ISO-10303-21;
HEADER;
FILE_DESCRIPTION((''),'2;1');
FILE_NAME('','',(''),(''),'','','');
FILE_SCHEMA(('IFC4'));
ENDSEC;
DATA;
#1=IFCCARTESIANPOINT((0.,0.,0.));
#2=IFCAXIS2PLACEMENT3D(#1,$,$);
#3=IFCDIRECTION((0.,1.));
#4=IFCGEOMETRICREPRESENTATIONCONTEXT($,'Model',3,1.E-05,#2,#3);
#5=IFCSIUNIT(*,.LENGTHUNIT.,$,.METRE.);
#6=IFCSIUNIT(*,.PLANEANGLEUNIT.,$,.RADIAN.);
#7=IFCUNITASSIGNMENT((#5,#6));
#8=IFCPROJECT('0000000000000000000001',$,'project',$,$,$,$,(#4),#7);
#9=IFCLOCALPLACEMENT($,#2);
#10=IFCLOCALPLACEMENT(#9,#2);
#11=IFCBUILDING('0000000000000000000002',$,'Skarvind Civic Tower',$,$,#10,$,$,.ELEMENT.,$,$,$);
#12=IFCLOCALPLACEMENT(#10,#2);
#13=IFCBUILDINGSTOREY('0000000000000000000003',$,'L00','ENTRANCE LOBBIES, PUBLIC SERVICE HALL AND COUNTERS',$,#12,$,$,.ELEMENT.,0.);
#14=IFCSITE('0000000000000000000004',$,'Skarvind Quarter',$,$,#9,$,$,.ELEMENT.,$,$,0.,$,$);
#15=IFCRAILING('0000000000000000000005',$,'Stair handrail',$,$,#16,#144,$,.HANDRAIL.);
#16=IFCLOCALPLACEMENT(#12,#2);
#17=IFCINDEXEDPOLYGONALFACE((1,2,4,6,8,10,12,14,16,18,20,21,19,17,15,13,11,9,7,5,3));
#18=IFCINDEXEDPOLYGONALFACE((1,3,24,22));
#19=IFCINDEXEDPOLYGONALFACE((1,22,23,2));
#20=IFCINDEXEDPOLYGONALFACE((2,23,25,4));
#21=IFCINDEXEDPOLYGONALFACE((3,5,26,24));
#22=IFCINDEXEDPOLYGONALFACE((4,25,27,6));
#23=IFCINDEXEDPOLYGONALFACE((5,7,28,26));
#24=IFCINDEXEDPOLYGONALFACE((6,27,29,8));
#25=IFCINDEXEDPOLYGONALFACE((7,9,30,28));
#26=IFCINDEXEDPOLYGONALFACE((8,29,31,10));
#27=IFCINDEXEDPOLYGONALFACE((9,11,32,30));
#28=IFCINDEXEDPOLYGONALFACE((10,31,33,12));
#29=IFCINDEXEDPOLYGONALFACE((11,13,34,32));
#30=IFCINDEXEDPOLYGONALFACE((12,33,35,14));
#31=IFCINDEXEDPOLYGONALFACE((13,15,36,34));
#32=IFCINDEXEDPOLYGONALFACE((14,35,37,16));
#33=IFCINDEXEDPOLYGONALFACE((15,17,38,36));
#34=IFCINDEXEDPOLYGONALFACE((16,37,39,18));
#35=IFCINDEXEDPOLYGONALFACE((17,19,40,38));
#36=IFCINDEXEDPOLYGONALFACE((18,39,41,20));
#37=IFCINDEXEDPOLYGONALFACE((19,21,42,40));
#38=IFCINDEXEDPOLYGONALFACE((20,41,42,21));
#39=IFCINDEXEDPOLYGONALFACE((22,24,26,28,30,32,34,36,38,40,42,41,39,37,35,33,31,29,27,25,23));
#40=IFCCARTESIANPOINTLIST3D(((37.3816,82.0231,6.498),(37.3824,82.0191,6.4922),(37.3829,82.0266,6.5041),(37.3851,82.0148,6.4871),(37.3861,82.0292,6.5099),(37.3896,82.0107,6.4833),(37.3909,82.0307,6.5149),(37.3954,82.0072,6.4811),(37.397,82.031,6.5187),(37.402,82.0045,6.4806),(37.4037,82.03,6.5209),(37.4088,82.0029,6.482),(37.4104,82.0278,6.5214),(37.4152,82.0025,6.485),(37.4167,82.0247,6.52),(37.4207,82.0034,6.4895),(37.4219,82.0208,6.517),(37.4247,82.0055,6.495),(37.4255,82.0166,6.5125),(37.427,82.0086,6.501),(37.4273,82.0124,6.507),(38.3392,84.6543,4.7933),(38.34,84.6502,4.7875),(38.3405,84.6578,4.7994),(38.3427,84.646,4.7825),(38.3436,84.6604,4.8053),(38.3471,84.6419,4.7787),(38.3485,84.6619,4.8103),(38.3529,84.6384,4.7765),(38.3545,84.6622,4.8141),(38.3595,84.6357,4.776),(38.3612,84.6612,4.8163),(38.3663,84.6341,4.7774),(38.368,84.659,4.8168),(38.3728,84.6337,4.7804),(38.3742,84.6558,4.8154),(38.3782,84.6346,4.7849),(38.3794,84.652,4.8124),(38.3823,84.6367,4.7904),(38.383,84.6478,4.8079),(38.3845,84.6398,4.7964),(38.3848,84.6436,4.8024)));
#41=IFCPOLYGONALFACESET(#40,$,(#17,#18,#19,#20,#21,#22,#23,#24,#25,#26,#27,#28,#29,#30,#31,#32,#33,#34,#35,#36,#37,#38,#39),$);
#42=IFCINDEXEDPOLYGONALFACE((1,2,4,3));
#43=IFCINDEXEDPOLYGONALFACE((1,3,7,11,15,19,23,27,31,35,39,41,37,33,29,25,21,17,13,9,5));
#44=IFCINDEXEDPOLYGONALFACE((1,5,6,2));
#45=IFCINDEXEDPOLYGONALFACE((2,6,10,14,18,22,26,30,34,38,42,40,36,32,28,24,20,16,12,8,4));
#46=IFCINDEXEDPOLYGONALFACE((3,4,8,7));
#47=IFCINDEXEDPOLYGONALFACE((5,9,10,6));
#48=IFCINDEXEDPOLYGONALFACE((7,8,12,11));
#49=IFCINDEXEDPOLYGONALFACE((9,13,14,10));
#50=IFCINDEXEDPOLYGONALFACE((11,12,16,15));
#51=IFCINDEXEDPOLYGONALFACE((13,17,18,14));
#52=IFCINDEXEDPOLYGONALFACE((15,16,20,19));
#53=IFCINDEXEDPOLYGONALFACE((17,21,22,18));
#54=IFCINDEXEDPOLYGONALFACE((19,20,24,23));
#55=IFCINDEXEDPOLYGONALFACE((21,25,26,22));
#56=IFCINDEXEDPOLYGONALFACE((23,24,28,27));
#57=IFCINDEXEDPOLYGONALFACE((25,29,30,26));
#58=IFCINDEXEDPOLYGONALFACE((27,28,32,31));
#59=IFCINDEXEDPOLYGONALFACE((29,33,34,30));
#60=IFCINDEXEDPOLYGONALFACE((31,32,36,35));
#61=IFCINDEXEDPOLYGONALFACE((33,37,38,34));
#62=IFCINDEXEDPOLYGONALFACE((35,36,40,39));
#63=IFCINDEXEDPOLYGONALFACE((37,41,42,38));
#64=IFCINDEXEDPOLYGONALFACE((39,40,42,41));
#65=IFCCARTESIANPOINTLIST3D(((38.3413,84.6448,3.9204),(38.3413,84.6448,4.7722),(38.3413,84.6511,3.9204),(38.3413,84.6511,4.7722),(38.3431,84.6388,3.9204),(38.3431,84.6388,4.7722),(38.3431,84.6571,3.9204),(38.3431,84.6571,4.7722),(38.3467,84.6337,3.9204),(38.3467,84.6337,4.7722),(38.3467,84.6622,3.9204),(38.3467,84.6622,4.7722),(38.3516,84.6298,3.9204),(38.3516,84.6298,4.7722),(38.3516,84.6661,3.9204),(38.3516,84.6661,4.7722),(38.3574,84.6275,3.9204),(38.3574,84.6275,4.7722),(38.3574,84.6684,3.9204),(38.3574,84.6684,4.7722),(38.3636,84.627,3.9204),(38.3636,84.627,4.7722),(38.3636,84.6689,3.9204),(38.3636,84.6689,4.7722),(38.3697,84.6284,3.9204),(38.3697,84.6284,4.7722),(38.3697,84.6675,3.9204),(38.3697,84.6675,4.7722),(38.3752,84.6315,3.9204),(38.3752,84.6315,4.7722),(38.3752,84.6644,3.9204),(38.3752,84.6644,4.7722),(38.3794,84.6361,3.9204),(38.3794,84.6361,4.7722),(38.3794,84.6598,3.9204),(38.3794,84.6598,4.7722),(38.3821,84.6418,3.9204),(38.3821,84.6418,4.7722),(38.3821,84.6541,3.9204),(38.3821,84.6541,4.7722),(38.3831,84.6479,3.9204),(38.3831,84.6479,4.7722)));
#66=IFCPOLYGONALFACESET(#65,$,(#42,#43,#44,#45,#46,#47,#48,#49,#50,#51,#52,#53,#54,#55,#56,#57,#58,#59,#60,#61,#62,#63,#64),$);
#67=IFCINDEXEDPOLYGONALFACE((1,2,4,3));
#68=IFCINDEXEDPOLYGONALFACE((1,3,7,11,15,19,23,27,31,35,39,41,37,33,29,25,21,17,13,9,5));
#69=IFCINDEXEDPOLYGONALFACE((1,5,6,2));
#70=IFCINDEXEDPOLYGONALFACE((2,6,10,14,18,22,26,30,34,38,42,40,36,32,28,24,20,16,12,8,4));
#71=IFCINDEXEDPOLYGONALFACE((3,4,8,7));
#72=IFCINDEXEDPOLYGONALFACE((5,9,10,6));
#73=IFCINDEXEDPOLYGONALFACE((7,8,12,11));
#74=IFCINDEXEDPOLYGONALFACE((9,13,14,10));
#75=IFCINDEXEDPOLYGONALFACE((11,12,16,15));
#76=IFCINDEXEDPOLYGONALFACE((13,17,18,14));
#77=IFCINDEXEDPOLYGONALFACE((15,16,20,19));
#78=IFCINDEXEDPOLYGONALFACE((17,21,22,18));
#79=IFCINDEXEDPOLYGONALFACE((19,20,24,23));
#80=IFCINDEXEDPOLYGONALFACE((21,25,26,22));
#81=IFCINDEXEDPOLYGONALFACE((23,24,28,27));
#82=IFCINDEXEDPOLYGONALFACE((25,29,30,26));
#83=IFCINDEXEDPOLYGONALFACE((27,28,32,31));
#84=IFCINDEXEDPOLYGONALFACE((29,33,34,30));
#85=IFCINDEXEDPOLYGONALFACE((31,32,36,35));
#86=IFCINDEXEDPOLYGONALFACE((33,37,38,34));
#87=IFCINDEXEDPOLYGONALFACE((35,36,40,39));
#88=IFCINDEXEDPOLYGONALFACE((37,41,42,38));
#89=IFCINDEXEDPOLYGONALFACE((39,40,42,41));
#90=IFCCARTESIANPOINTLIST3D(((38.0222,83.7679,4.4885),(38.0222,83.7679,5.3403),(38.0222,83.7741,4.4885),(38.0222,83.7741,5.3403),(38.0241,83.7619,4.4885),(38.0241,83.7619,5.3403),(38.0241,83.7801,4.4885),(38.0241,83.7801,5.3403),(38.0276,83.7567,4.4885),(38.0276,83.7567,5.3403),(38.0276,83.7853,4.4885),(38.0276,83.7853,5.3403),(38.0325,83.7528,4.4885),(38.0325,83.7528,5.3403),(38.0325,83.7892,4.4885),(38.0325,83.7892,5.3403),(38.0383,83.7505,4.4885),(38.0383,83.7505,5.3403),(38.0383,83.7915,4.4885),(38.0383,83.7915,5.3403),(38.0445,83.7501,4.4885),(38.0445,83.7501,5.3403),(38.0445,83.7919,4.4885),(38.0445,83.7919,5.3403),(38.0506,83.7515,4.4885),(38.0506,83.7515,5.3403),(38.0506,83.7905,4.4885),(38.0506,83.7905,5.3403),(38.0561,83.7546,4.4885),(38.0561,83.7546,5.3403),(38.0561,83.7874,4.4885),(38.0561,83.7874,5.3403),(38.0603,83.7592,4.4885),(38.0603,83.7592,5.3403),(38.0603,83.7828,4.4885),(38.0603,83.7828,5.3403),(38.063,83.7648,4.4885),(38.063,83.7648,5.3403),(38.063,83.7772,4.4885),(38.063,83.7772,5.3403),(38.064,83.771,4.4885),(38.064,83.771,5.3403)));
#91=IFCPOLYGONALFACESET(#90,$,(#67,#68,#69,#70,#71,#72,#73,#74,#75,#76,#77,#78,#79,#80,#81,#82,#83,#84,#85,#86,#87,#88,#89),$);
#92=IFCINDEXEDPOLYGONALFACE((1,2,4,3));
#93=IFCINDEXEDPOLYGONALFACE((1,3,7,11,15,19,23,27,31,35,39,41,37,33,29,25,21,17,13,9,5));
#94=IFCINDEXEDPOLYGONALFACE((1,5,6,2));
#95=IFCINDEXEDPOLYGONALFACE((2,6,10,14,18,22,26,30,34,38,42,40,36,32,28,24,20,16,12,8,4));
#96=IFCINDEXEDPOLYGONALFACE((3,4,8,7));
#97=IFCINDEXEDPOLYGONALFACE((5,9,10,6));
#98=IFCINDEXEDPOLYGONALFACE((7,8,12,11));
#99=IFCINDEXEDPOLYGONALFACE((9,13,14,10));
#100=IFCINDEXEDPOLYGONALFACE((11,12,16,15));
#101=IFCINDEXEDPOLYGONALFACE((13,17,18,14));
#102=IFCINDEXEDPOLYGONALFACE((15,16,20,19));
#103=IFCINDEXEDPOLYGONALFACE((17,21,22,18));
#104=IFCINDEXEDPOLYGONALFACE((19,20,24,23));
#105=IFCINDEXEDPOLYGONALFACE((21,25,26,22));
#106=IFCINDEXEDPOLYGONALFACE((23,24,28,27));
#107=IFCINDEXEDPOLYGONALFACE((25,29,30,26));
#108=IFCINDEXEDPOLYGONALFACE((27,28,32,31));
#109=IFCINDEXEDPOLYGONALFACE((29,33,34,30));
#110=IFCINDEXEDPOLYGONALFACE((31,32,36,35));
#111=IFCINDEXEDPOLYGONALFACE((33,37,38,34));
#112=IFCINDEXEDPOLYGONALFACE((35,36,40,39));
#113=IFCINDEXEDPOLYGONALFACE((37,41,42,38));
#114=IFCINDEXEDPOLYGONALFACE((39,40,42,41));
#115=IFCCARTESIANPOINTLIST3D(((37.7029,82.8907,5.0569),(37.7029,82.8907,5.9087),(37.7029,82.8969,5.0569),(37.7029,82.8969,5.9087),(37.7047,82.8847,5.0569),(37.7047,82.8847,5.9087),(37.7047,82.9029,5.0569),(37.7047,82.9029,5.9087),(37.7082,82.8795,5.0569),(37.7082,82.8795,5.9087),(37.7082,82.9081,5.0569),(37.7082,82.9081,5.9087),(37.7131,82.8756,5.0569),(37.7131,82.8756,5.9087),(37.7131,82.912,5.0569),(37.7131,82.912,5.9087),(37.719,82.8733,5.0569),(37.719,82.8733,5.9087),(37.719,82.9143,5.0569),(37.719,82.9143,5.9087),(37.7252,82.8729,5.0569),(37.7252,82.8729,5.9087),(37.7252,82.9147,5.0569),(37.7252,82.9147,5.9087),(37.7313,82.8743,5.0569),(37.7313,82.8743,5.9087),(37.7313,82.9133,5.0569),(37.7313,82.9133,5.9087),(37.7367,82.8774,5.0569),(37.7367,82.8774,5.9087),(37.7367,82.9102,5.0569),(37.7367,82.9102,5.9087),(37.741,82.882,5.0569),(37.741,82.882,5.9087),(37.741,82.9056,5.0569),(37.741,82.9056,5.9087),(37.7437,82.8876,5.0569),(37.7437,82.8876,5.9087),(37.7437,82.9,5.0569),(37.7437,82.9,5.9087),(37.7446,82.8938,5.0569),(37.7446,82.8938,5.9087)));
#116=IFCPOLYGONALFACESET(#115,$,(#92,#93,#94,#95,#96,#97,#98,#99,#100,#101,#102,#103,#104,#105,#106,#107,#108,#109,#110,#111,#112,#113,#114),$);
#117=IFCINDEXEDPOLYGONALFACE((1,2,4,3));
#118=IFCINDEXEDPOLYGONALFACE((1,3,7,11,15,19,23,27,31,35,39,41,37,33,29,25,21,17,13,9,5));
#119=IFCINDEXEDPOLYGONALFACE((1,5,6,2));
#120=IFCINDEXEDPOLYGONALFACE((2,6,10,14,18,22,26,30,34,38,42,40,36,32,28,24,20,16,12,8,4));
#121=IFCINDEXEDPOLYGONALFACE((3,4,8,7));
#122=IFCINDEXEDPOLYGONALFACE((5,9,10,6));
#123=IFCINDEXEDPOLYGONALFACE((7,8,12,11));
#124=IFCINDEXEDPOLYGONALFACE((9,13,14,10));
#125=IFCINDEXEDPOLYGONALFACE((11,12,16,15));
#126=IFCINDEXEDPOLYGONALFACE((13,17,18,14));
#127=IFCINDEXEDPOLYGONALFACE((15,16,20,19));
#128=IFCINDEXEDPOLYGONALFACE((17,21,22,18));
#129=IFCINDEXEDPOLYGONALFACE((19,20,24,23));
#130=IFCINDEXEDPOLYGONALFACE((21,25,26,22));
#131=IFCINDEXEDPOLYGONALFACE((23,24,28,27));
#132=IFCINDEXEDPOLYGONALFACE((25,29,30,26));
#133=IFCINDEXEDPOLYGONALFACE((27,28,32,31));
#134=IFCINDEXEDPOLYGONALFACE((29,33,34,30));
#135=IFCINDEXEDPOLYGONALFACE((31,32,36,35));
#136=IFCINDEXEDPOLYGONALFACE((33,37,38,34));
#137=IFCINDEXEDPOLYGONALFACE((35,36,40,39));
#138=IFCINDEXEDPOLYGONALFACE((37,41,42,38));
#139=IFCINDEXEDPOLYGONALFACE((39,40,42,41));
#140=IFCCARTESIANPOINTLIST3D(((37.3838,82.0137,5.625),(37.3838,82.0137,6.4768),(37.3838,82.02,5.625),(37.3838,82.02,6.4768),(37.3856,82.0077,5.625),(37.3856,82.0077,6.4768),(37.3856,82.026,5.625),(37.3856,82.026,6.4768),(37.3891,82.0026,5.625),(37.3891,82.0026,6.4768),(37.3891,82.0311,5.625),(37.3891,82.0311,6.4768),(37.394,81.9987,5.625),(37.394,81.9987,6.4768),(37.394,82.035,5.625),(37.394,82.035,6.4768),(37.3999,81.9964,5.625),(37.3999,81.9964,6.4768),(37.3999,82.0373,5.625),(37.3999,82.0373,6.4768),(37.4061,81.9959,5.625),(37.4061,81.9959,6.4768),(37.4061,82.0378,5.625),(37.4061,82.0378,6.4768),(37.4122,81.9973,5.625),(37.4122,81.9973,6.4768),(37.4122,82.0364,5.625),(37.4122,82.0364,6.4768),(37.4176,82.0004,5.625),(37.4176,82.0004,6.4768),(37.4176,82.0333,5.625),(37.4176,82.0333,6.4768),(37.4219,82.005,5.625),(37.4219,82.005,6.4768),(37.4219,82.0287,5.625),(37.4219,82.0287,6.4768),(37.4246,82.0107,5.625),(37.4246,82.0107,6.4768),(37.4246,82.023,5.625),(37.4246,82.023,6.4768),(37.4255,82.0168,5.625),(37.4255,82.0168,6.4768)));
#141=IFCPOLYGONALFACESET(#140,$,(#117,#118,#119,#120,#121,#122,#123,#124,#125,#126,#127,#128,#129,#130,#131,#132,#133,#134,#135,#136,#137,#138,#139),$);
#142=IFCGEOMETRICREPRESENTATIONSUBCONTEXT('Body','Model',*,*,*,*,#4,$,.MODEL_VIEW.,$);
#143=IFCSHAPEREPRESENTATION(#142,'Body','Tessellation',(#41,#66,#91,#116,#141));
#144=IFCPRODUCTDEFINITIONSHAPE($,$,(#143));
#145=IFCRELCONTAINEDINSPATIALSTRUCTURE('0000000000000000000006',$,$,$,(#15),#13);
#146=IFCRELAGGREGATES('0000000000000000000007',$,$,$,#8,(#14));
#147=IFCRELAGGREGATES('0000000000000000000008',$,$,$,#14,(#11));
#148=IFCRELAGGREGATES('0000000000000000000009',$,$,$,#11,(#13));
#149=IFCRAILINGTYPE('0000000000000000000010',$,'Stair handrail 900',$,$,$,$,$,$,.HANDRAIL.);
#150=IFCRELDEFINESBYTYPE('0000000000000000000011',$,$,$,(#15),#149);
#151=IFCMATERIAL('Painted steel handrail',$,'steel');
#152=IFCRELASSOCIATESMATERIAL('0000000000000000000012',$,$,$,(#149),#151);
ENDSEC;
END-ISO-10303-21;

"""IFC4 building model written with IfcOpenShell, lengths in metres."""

from ifc_helpers import new_model, si_unit, direction, frame, origin, origin_2d, place, context, subcontext, project, spatial, circle, extrude, material, type_object, element, save


model = new_model("IFC4")

# Units and contexts
model_context = context("Model", 3, precision=1e-05, world=origin(), true_north=direction((0.0, 1.0)))
body_context = subcontext(model_context, "Body", "Model", "MODEL_VIEW")
ifc_project = project(units=[si_unit("LENGTHUNIT", "METRE"), si_unit("PLANEANGLEUNIT", "RADIAN")], contexts=[model_context])

# Site, building, storey
site_placement = place(None, origin())
site = spatial("IfcSite", under=ifc_project, at=site_placement, Name="Skarvind Quarter", CompositionType="ELEMENT", RefElevation=0.0)
building_placement = place(site_placement, origin())
building = spatial("IfcBuilding", under=site, at=building_placement, Name="Skarvind Civic Tower", CompositionType="ELEMENT")
storey_placement = place(building_placement, origin())
storey = spatial("IfcBuildingStorey", under=building, at=storey_placement, Name="L00", Description="ENTRANCE LOBBIES, PUBLIC SERVICE HALL AND COUNTERS", CompositionType="ELEMENT", Elevation=0.0)

# Railing
ifc_material_1 = material(Name="Painted steel handrail", Category="steel")
railing_type = type_object("IfcRailingType", Name="Stair handrail 900", PredefinedType="HANDRAIL", material=ifc_material_1)
railing_1_placement = place(storey_placement, frame((38.3621, 84.6479, 3.9204)))
element("IfcRailing", 1, at=railing_1_placement, inside=storey, type_object=railing_type, Name="Stair handrail", PredefinedType="HANDRAIL", context=body_context, shape_type="SweptSolid", body=[
    extrude(circle(Radius=0.0239, at=origin_2d()), frame((0.0, 0.0, 0.876), z_axis=(-0.292106, -0.802659, 0.520012), x_axis=(0.939707, -0.341981, 0.0)), (0.0, 0.0, 1.0), 3.2781),
    extrude(circle(Radius=0.021, at=origin_2d()), origin(), (0.0, 0.0, 1.0), 0.8518),
    extrude(circle(Radius=0.021, at=origin_2d()), frame((-0.3191, -0.877, 0.5681)), (0.0, 0.0, 1.0), 0.8518),
    extrude(circle(Radius=0.021, at=origin_2d()), frame((-0.6384, -1.7542, 1.1365)), (0.0, 0.0, 1.0), 0.8518),
    extrude(circle(Radius=0.021, at=origin_2d()), frame((-0.9575, -2.6311, 1.7046)), (0.0, 0.0, 1.0), 0.8518),
])

save(model, "model.ifc")
